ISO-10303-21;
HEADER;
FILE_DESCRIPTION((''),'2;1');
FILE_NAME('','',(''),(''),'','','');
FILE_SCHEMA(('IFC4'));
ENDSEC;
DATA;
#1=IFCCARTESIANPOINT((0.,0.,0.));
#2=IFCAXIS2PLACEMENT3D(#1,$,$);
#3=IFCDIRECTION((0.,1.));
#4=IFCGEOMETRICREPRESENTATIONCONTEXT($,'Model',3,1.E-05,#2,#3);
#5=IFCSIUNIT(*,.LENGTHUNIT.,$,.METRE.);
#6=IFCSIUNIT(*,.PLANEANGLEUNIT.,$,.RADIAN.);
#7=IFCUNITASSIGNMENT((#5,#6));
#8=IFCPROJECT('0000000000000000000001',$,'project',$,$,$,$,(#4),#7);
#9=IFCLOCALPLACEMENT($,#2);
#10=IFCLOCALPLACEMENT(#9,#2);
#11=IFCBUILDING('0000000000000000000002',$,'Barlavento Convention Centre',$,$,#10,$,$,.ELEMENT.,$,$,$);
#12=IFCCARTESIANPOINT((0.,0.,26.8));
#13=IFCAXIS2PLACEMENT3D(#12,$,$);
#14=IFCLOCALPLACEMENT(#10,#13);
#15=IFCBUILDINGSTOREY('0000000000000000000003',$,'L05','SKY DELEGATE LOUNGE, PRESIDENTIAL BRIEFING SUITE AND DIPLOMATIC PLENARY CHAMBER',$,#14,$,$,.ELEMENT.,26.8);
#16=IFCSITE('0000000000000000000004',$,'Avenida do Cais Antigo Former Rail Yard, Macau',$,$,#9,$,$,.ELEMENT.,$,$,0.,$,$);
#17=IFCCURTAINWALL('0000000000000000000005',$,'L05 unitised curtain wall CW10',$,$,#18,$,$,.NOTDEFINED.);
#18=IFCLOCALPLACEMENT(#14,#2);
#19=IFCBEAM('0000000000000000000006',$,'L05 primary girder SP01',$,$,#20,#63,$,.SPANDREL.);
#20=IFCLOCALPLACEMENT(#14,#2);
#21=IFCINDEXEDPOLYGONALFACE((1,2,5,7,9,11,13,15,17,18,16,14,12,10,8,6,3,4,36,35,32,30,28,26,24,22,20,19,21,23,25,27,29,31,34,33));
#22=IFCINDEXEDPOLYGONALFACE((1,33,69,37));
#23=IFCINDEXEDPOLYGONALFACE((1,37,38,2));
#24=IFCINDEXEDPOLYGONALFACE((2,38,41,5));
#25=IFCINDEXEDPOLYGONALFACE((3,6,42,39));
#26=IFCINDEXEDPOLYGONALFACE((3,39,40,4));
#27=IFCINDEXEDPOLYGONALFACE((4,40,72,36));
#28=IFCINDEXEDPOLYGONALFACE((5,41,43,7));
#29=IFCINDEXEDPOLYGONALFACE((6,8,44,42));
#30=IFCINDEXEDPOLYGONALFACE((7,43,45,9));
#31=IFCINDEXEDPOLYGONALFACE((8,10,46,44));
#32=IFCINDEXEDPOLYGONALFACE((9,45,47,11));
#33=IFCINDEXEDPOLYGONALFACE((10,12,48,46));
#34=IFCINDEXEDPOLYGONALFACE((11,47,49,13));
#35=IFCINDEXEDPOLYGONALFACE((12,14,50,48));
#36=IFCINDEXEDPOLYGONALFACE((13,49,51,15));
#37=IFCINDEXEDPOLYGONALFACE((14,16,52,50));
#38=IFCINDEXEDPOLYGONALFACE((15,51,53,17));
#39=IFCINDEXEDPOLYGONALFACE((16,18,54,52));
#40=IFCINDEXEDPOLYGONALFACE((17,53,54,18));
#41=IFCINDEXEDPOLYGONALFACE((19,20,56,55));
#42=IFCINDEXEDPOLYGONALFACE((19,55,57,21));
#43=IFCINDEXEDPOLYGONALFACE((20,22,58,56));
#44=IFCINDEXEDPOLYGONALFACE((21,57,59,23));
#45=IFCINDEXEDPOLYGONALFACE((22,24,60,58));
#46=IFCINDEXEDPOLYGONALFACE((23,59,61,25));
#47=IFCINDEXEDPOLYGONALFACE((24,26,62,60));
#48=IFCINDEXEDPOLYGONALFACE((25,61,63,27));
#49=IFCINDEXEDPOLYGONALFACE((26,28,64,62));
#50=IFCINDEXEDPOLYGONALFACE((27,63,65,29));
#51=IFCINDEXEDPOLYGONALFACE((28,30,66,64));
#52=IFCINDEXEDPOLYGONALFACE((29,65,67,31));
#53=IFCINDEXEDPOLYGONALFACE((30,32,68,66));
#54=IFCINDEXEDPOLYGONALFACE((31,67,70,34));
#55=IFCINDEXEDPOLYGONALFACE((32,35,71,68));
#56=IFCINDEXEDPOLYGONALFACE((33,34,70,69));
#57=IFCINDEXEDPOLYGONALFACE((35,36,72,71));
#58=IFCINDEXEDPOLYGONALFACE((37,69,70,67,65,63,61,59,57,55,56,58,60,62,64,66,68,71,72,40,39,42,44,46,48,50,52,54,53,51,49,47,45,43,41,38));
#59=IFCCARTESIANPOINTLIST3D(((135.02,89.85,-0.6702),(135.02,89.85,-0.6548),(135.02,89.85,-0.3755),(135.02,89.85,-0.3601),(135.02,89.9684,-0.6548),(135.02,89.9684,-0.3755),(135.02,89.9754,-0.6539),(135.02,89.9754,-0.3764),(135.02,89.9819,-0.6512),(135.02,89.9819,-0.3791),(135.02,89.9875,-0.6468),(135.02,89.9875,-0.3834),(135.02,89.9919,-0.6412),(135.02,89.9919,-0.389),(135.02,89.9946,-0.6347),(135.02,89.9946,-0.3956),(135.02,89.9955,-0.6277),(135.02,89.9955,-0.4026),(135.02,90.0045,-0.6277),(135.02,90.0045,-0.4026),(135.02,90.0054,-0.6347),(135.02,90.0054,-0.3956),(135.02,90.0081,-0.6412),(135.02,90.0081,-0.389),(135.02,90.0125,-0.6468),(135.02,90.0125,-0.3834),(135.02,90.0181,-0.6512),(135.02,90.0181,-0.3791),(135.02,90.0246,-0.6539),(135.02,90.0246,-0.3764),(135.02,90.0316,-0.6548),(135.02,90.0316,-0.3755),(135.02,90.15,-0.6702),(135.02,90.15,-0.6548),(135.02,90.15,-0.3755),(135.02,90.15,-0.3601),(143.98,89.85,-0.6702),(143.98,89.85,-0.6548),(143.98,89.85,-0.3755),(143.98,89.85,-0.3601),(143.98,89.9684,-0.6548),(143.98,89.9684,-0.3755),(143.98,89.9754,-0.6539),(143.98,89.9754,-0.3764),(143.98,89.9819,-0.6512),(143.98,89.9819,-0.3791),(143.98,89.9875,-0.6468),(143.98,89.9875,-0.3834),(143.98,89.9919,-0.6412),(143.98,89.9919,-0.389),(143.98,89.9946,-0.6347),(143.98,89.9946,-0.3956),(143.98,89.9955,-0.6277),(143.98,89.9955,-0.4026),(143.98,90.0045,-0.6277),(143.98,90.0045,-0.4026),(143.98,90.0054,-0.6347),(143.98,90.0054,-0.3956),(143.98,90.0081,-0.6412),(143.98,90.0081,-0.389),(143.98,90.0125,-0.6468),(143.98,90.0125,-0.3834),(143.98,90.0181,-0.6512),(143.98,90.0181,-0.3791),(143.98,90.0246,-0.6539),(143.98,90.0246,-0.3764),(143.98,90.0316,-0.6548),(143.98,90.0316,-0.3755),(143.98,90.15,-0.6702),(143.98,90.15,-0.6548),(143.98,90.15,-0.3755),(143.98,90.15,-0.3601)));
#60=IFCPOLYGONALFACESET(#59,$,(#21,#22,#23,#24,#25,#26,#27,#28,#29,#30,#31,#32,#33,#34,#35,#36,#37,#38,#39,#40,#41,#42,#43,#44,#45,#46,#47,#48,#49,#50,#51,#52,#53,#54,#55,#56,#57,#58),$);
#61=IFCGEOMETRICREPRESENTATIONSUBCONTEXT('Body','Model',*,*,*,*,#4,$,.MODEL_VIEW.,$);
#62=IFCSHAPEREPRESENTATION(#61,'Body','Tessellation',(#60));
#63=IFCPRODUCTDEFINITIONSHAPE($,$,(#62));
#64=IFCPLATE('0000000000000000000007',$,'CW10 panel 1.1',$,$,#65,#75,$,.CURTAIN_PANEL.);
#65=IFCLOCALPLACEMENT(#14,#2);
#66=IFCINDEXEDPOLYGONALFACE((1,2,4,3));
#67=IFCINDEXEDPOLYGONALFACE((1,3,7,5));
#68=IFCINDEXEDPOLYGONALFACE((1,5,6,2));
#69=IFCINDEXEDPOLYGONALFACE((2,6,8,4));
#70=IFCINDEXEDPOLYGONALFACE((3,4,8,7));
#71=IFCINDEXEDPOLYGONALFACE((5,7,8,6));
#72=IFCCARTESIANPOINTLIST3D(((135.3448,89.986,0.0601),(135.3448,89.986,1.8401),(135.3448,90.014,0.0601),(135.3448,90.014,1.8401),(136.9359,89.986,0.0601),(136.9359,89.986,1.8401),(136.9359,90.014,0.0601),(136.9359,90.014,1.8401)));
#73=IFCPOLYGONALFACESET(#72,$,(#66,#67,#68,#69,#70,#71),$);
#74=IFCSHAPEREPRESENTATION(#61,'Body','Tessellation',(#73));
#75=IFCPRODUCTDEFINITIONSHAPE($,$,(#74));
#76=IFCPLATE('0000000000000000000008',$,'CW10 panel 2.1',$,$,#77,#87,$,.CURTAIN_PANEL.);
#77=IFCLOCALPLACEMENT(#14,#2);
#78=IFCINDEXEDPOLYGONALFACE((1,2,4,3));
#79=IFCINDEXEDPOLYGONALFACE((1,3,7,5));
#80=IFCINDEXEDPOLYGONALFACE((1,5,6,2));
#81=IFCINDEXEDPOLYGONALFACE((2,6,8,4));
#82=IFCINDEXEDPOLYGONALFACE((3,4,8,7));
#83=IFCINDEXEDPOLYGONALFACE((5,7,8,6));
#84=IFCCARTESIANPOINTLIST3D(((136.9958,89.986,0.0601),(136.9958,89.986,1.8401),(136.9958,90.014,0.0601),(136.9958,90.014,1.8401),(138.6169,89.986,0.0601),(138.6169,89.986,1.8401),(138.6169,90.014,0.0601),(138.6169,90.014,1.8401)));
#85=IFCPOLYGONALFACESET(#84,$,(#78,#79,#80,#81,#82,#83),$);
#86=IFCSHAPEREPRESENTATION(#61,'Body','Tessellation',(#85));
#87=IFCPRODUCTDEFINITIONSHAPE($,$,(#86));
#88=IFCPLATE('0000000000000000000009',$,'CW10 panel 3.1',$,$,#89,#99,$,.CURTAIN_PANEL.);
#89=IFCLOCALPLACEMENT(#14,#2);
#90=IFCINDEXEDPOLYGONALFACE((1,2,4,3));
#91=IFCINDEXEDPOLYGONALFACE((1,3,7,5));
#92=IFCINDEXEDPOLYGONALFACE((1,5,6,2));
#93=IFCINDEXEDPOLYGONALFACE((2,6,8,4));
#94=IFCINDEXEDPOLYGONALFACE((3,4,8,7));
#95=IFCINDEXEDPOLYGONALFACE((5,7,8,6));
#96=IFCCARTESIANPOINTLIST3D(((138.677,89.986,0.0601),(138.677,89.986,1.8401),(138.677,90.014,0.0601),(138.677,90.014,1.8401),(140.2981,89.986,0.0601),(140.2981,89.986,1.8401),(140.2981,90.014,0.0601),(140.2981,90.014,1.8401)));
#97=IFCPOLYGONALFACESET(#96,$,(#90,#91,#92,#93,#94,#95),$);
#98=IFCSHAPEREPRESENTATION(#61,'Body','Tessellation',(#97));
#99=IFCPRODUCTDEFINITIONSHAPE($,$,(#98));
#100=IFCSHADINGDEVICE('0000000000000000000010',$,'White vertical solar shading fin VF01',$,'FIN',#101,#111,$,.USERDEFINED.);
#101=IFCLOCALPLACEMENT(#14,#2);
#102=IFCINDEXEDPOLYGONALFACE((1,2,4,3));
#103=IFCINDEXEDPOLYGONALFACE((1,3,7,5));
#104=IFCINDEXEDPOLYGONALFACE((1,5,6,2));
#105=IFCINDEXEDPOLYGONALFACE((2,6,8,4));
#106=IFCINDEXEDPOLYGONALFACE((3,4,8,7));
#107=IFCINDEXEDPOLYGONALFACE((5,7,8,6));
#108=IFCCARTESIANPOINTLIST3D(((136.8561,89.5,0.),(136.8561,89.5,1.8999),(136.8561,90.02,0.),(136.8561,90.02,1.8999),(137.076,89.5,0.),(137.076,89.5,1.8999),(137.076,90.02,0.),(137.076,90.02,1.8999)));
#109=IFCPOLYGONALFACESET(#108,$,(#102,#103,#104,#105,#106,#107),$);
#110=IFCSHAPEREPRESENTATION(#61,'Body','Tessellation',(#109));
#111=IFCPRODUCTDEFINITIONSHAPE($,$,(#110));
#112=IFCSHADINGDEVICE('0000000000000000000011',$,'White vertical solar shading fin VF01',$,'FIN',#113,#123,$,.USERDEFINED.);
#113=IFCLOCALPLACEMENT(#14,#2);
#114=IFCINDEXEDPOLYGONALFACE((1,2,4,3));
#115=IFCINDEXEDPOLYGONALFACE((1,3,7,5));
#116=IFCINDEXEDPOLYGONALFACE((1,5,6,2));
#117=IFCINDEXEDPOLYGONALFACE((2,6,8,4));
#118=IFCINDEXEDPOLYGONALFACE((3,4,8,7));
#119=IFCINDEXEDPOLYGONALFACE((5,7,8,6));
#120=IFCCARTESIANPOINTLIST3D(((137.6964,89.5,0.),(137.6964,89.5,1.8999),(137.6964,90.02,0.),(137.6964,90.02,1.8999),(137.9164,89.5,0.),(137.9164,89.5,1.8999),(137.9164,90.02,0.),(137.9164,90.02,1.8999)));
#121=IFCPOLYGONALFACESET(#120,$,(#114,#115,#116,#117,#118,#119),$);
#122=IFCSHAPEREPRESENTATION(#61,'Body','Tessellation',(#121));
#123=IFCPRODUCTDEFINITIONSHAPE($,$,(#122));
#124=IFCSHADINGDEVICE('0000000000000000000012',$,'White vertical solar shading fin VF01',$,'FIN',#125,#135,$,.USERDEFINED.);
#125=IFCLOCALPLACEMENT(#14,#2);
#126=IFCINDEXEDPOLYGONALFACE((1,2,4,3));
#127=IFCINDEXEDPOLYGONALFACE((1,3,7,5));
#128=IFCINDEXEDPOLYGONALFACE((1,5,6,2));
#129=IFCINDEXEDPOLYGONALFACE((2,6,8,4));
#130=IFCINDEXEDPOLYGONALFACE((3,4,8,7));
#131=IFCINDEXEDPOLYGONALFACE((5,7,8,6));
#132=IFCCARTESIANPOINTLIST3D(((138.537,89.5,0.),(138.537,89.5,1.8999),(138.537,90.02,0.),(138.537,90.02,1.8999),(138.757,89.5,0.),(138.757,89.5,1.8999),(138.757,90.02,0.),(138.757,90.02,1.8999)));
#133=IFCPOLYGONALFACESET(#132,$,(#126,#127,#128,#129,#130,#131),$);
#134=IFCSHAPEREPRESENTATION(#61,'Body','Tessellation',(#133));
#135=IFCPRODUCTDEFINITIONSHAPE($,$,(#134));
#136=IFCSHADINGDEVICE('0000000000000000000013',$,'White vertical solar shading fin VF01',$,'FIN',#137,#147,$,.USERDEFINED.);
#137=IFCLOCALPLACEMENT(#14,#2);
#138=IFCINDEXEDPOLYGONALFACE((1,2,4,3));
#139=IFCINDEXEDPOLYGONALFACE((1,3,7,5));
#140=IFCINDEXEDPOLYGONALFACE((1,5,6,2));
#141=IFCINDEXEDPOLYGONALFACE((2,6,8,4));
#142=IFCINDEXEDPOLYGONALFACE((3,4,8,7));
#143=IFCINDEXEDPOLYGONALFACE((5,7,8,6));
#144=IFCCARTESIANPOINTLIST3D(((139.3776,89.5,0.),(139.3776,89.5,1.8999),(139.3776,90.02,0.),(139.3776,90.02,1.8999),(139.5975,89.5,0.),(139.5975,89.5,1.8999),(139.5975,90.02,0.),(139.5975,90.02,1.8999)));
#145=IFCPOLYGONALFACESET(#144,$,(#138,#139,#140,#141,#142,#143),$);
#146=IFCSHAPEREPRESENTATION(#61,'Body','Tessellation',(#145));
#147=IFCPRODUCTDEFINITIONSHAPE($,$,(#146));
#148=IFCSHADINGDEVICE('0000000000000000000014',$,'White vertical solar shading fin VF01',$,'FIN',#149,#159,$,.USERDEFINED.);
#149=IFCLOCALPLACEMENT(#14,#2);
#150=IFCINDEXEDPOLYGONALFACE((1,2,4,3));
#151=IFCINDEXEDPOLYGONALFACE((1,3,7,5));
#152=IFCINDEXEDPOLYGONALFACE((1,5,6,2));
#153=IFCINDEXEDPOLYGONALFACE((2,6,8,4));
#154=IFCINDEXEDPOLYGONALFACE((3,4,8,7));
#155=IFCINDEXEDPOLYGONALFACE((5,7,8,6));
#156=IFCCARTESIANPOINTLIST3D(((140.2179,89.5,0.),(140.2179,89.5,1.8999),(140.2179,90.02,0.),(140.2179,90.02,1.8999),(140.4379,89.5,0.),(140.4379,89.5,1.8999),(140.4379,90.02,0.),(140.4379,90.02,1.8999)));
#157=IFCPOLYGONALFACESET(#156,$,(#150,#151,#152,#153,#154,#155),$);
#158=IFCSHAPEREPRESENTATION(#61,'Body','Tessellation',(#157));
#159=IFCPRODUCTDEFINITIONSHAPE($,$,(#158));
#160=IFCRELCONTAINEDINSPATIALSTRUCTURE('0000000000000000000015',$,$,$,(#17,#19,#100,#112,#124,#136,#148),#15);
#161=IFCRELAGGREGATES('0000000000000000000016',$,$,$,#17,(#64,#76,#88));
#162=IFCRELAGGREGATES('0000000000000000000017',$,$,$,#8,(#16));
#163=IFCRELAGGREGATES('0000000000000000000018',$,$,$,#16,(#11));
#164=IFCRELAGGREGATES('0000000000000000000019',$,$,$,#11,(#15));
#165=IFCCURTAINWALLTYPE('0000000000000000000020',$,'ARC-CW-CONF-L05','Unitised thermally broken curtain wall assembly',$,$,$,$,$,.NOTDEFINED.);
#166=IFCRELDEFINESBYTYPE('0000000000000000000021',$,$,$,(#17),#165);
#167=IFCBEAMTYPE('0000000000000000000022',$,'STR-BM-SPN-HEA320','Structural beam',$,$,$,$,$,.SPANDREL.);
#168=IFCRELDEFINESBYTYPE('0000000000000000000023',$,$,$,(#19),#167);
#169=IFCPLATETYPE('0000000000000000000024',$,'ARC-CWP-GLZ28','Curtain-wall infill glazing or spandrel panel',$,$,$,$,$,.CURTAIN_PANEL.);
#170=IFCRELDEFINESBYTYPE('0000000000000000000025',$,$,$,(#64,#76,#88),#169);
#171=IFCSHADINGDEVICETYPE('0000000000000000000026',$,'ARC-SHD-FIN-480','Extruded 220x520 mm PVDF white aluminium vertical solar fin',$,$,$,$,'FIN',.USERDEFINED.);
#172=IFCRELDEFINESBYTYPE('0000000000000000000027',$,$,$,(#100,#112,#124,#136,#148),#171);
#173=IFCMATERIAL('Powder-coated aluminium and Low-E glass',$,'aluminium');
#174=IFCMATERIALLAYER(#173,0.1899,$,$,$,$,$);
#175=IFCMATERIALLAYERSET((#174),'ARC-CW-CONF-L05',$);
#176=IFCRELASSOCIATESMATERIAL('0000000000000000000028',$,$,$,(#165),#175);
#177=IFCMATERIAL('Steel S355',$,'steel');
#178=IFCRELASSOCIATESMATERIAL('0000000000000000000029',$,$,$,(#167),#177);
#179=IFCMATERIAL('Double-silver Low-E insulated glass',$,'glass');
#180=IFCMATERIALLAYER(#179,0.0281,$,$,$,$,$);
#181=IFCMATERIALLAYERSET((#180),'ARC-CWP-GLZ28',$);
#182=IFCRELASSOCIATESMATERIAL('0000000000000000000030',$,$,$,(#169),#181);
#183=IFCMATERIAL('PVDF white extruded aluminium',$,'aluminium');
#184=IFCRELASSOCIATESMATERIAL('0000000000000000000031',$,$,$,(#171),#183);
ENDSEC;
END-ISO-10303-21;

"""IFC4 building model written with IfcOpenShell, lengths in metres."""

from ifc_helpers import new_model, si_unit, direction, frame, origin, origin_2d, place, context, subcontext, project, spatial, rectangle, i_section, extrude, material, layer, layer_set, material_profile, profile_set, type_object, element, aggregate, save


model = new_model("IFC4")

# Units and contexts
model_context = context("Model", 3, precision=1e-05, world=origin(), true_north=direction((0.0, 1.0)))
body_context = subcontext(model_context, "Body", "Model", "MODEL_VIEW")
ifc_project = project(units=[si_unit("LENGTHUNIT", "METRE"), si_unit("PLANEANGLEUNIT", "RADIAN")], contexts=[model_context])

# Site, building, storey
site_placement = place(None, origin())
site = spatial("IfcSite", under=ifc_project, at=site_placement, Name="Avenida do Cais Antigo Former Rail Yard, Macau", CompositionType="ELEMENT", RefElevation=0.0)
building_placement = place(site_placement, origin())
building = spatial("IfcBuilding", under=site, at=building_placement, Name="Barlavento Convention Centre", CompositionType="ELEMENT")
storey_placement = place(building_placement, frame((0.0, 0.0, 26.8)))
storey = spatial("IfcBuildingStorey", under=building, at=storey_placement, Name="L05", Description="SKY DELEGATE LOUNGE, PRESIDENTIAL BRIEFING SUITE AND DIPLOMATIC PLENARY CHAMBER", CompositionType="ELEMENT", Elevation=26.8)

# Curtain wall
ifc_material_1 = material(Name="Powder-coated aluminium and Low-E glass", Category="aluminium")
ifc_layer_1 = layer(ifc_material_1, 0.1899)
ifc_layer_set_1 = layer_set([ifc_layer_1], Name="ARC-CW-CONF-L05")
curtain_wall_type = type_object("IfcCurtainWallType", Name="ARC-CW-CONF-L05", Description="Unitised thermally broken curtain wall assembly", PredefinedType="NOTDEFINED", material=ifc_layer_set_1)
curtain_wall_placement = place(storey_placement, origin())
curtain_wall = element("IfcCurtainWall", 1, at=curtain_wall_placement, inside=storey, type_object=curtain_wall_type, Name="L05 unitised curtain wall CW10", PredefinedType="NOTDEFINED")

# Beam
ifc_material_2 = material(Name="Steel S355", Category="steel")
ifc_material_profile_1 = material_profile(ifc_material_2, i_section(OverallWidth=0.3, OverallDepth=0.3101, WebThickness=0.009, FlangeThickness=0.0154, FilletRadius=0.0271, at=origin_2d()), Name="HEA 320")
ifc_profile_set_1 = profile_set([ifc_material_profile_1], Name="Steel S355")
beam_type = type_object("IfcBeamType", Name="STR-BM-SPN-HEA320", Description="Structural beam", PredefinedType="SPANDREL", material=ifc_profile_set_1)
beam_placement = place(storey_placement, frame((135.02, 90.0, -0.5151), z_axis=(1.0, 0.0, 0.0), x_axis=(0.0, 1.0, 0.0)))
element("IfcBeam", 2, at=beam_placement, inside=storey, type_object=beam_type, Name="L05 primary girder SP01", PredefinedType="SPANDREL", context=body_context, shape_type="SweptSolid", body=[
    extrude(i_section(OverallWidth=0.3, OverallDepth=0.3101, WebThickness=0.009, FlangeThickness=0.0154, FilletRadius=0.0271, at=origin_2d()), origin(), (0.0, 0.0, 1.0), 8.96),
])

# Plates
ifc_material_3 = material(Name="Double-silver Low-E insulated glass", Category="glass")
ifc_layer_2 = layer(ifc_material_3, 0.0281)
ifc_layer_set_2 = layer_set([ifc_layer_2], Name="ARC-CWP-GLZ28")
plate_type = type_object("IfcPlateType", Name="ARC-CWP-GLZ28", Description="Curtain-wall infill glazing or spandrel panel", PredefinedType="CURTAIN_PANEL", material=ifc_layer_set_2)
plate_1_placement = place(storey_placement, frame((136.1404, 90.0, 0.0601), z_axis=(0.0, 0.0, 1.0), x_axis=(1.0, 0.0, 0.0)))
plate_1 = element("IfcPlate", 3, at=plate_1_placement, type_object=plate_type, Name="CW10 panel 1.1", PredefinedType="CURTAIN_PANEL", context=body_context, shape_type="SweptSolid", body=[
    extrude(rectangle(XDim=1.5911, YDim=0.0281, at=origin_2d()), origin(), (0.0, 0.0, 1.0), 1.78),
])
plate_2_placement = place(storey_placement, frame((137.8064, 90.0, 0.0601), z_axis=(0.0, 0.0, 1.0), x_axis=(1.0, 0.0, 0.0)))
plate_2 = element("IfcPlate", 4, at=plate_2_placement, type_object=plate_type, Name="CW10 panel 2.1", PredefinedType="CURTAIN_PANEL", context=body_context, shape_type="SweptSolid", body=[
    extrude(rectangle(XDim=1.6211, YDim=0.0281, at=origin_2d()), origin(), (0.0, 0.0, 1.0), 1.78),
])
plate_3_placement = place(storey_placement, frame((139.4875, 90.0, 0.0601), z_axis=(0.0, 0.0, 1.0), x_axis=(1.0, 0.0, 0.0)))
plate_3 = element("IfcPlate", 5, at=plate_3_placement, type_object=plate_type, Name="CW10 panel 3.1", PredefinedType="CURTAIN_PANEL", context=body_context, shape_type="SweptSolid", body=[
    extrude(rectangle(XDim=1.6211, YDim=0.0281, at=origin_2d()), origin(), (0.0, 0.0, 1.0), 1.78),
])
aggregate(curtain_wall, [plate_1, plate_2, plate_3])

# Shading devices
ifc_material_4 = material(Name="PVDF white extruded aluminium", Category="aluminium")
shading_device_type = type_object("IfcShadingDeviceType", Name="ARC-SHD-FIN-480", Description="Extruded 220x520 mm PVDF white aluminium vertical solar fin", ElementType="FIN", PredefinedType="USERDEFINED", material=ifc_material_4)
for number, where, z_axis, x_axis, name in (
    (6, (136.9661, 89.76, 0.0), (0.0, 0.0, 1.0), (1.0, 0.0, 0.0), "White vertical solar shading fin VF01"),
    (7, (137.8064, 89.76, 0.0), (0.0, 0.0, 1.0), (1.0, 0.0, 0.0), "White vertical solar shading fin VF01"),
    (8, (138.647, 89.76, 0.0), (0.0, 0.0, 1.0), (1.0, 0.0, 0.0), "White vertical solar shading fin VF01"),
    (9, (139.4875, 89.76, 0.0), (0.0, 0.0, 1.0), (1.0, 0.0, 0.0), "White vertical solar shading fin VF01"),
    (10, (140.3279, 89.76, 0.0), (0.0, 0.0, 1.0), (1.0, 0.0, 0.0), "White vertical solar shading fin VF01"),
):
    element("IfcShadingDevice", number, at=place(storey_placement, frame(where, z_axis=z_axis, x_axis=x_axis)), inside=storey, type_object=shading_device_type, Name=name, ObjectType="FIN", PredefinedType="USERDEFINED", context=body_context, shape_type="SweptSolid", body=[
        extrude(rectangle(XDim=0.22, YDim=0.52, at=origin_2d()), origin(), (0.0, 0.0, 1.0), 1.8999),
    ])

save(model, "model.ifc")
